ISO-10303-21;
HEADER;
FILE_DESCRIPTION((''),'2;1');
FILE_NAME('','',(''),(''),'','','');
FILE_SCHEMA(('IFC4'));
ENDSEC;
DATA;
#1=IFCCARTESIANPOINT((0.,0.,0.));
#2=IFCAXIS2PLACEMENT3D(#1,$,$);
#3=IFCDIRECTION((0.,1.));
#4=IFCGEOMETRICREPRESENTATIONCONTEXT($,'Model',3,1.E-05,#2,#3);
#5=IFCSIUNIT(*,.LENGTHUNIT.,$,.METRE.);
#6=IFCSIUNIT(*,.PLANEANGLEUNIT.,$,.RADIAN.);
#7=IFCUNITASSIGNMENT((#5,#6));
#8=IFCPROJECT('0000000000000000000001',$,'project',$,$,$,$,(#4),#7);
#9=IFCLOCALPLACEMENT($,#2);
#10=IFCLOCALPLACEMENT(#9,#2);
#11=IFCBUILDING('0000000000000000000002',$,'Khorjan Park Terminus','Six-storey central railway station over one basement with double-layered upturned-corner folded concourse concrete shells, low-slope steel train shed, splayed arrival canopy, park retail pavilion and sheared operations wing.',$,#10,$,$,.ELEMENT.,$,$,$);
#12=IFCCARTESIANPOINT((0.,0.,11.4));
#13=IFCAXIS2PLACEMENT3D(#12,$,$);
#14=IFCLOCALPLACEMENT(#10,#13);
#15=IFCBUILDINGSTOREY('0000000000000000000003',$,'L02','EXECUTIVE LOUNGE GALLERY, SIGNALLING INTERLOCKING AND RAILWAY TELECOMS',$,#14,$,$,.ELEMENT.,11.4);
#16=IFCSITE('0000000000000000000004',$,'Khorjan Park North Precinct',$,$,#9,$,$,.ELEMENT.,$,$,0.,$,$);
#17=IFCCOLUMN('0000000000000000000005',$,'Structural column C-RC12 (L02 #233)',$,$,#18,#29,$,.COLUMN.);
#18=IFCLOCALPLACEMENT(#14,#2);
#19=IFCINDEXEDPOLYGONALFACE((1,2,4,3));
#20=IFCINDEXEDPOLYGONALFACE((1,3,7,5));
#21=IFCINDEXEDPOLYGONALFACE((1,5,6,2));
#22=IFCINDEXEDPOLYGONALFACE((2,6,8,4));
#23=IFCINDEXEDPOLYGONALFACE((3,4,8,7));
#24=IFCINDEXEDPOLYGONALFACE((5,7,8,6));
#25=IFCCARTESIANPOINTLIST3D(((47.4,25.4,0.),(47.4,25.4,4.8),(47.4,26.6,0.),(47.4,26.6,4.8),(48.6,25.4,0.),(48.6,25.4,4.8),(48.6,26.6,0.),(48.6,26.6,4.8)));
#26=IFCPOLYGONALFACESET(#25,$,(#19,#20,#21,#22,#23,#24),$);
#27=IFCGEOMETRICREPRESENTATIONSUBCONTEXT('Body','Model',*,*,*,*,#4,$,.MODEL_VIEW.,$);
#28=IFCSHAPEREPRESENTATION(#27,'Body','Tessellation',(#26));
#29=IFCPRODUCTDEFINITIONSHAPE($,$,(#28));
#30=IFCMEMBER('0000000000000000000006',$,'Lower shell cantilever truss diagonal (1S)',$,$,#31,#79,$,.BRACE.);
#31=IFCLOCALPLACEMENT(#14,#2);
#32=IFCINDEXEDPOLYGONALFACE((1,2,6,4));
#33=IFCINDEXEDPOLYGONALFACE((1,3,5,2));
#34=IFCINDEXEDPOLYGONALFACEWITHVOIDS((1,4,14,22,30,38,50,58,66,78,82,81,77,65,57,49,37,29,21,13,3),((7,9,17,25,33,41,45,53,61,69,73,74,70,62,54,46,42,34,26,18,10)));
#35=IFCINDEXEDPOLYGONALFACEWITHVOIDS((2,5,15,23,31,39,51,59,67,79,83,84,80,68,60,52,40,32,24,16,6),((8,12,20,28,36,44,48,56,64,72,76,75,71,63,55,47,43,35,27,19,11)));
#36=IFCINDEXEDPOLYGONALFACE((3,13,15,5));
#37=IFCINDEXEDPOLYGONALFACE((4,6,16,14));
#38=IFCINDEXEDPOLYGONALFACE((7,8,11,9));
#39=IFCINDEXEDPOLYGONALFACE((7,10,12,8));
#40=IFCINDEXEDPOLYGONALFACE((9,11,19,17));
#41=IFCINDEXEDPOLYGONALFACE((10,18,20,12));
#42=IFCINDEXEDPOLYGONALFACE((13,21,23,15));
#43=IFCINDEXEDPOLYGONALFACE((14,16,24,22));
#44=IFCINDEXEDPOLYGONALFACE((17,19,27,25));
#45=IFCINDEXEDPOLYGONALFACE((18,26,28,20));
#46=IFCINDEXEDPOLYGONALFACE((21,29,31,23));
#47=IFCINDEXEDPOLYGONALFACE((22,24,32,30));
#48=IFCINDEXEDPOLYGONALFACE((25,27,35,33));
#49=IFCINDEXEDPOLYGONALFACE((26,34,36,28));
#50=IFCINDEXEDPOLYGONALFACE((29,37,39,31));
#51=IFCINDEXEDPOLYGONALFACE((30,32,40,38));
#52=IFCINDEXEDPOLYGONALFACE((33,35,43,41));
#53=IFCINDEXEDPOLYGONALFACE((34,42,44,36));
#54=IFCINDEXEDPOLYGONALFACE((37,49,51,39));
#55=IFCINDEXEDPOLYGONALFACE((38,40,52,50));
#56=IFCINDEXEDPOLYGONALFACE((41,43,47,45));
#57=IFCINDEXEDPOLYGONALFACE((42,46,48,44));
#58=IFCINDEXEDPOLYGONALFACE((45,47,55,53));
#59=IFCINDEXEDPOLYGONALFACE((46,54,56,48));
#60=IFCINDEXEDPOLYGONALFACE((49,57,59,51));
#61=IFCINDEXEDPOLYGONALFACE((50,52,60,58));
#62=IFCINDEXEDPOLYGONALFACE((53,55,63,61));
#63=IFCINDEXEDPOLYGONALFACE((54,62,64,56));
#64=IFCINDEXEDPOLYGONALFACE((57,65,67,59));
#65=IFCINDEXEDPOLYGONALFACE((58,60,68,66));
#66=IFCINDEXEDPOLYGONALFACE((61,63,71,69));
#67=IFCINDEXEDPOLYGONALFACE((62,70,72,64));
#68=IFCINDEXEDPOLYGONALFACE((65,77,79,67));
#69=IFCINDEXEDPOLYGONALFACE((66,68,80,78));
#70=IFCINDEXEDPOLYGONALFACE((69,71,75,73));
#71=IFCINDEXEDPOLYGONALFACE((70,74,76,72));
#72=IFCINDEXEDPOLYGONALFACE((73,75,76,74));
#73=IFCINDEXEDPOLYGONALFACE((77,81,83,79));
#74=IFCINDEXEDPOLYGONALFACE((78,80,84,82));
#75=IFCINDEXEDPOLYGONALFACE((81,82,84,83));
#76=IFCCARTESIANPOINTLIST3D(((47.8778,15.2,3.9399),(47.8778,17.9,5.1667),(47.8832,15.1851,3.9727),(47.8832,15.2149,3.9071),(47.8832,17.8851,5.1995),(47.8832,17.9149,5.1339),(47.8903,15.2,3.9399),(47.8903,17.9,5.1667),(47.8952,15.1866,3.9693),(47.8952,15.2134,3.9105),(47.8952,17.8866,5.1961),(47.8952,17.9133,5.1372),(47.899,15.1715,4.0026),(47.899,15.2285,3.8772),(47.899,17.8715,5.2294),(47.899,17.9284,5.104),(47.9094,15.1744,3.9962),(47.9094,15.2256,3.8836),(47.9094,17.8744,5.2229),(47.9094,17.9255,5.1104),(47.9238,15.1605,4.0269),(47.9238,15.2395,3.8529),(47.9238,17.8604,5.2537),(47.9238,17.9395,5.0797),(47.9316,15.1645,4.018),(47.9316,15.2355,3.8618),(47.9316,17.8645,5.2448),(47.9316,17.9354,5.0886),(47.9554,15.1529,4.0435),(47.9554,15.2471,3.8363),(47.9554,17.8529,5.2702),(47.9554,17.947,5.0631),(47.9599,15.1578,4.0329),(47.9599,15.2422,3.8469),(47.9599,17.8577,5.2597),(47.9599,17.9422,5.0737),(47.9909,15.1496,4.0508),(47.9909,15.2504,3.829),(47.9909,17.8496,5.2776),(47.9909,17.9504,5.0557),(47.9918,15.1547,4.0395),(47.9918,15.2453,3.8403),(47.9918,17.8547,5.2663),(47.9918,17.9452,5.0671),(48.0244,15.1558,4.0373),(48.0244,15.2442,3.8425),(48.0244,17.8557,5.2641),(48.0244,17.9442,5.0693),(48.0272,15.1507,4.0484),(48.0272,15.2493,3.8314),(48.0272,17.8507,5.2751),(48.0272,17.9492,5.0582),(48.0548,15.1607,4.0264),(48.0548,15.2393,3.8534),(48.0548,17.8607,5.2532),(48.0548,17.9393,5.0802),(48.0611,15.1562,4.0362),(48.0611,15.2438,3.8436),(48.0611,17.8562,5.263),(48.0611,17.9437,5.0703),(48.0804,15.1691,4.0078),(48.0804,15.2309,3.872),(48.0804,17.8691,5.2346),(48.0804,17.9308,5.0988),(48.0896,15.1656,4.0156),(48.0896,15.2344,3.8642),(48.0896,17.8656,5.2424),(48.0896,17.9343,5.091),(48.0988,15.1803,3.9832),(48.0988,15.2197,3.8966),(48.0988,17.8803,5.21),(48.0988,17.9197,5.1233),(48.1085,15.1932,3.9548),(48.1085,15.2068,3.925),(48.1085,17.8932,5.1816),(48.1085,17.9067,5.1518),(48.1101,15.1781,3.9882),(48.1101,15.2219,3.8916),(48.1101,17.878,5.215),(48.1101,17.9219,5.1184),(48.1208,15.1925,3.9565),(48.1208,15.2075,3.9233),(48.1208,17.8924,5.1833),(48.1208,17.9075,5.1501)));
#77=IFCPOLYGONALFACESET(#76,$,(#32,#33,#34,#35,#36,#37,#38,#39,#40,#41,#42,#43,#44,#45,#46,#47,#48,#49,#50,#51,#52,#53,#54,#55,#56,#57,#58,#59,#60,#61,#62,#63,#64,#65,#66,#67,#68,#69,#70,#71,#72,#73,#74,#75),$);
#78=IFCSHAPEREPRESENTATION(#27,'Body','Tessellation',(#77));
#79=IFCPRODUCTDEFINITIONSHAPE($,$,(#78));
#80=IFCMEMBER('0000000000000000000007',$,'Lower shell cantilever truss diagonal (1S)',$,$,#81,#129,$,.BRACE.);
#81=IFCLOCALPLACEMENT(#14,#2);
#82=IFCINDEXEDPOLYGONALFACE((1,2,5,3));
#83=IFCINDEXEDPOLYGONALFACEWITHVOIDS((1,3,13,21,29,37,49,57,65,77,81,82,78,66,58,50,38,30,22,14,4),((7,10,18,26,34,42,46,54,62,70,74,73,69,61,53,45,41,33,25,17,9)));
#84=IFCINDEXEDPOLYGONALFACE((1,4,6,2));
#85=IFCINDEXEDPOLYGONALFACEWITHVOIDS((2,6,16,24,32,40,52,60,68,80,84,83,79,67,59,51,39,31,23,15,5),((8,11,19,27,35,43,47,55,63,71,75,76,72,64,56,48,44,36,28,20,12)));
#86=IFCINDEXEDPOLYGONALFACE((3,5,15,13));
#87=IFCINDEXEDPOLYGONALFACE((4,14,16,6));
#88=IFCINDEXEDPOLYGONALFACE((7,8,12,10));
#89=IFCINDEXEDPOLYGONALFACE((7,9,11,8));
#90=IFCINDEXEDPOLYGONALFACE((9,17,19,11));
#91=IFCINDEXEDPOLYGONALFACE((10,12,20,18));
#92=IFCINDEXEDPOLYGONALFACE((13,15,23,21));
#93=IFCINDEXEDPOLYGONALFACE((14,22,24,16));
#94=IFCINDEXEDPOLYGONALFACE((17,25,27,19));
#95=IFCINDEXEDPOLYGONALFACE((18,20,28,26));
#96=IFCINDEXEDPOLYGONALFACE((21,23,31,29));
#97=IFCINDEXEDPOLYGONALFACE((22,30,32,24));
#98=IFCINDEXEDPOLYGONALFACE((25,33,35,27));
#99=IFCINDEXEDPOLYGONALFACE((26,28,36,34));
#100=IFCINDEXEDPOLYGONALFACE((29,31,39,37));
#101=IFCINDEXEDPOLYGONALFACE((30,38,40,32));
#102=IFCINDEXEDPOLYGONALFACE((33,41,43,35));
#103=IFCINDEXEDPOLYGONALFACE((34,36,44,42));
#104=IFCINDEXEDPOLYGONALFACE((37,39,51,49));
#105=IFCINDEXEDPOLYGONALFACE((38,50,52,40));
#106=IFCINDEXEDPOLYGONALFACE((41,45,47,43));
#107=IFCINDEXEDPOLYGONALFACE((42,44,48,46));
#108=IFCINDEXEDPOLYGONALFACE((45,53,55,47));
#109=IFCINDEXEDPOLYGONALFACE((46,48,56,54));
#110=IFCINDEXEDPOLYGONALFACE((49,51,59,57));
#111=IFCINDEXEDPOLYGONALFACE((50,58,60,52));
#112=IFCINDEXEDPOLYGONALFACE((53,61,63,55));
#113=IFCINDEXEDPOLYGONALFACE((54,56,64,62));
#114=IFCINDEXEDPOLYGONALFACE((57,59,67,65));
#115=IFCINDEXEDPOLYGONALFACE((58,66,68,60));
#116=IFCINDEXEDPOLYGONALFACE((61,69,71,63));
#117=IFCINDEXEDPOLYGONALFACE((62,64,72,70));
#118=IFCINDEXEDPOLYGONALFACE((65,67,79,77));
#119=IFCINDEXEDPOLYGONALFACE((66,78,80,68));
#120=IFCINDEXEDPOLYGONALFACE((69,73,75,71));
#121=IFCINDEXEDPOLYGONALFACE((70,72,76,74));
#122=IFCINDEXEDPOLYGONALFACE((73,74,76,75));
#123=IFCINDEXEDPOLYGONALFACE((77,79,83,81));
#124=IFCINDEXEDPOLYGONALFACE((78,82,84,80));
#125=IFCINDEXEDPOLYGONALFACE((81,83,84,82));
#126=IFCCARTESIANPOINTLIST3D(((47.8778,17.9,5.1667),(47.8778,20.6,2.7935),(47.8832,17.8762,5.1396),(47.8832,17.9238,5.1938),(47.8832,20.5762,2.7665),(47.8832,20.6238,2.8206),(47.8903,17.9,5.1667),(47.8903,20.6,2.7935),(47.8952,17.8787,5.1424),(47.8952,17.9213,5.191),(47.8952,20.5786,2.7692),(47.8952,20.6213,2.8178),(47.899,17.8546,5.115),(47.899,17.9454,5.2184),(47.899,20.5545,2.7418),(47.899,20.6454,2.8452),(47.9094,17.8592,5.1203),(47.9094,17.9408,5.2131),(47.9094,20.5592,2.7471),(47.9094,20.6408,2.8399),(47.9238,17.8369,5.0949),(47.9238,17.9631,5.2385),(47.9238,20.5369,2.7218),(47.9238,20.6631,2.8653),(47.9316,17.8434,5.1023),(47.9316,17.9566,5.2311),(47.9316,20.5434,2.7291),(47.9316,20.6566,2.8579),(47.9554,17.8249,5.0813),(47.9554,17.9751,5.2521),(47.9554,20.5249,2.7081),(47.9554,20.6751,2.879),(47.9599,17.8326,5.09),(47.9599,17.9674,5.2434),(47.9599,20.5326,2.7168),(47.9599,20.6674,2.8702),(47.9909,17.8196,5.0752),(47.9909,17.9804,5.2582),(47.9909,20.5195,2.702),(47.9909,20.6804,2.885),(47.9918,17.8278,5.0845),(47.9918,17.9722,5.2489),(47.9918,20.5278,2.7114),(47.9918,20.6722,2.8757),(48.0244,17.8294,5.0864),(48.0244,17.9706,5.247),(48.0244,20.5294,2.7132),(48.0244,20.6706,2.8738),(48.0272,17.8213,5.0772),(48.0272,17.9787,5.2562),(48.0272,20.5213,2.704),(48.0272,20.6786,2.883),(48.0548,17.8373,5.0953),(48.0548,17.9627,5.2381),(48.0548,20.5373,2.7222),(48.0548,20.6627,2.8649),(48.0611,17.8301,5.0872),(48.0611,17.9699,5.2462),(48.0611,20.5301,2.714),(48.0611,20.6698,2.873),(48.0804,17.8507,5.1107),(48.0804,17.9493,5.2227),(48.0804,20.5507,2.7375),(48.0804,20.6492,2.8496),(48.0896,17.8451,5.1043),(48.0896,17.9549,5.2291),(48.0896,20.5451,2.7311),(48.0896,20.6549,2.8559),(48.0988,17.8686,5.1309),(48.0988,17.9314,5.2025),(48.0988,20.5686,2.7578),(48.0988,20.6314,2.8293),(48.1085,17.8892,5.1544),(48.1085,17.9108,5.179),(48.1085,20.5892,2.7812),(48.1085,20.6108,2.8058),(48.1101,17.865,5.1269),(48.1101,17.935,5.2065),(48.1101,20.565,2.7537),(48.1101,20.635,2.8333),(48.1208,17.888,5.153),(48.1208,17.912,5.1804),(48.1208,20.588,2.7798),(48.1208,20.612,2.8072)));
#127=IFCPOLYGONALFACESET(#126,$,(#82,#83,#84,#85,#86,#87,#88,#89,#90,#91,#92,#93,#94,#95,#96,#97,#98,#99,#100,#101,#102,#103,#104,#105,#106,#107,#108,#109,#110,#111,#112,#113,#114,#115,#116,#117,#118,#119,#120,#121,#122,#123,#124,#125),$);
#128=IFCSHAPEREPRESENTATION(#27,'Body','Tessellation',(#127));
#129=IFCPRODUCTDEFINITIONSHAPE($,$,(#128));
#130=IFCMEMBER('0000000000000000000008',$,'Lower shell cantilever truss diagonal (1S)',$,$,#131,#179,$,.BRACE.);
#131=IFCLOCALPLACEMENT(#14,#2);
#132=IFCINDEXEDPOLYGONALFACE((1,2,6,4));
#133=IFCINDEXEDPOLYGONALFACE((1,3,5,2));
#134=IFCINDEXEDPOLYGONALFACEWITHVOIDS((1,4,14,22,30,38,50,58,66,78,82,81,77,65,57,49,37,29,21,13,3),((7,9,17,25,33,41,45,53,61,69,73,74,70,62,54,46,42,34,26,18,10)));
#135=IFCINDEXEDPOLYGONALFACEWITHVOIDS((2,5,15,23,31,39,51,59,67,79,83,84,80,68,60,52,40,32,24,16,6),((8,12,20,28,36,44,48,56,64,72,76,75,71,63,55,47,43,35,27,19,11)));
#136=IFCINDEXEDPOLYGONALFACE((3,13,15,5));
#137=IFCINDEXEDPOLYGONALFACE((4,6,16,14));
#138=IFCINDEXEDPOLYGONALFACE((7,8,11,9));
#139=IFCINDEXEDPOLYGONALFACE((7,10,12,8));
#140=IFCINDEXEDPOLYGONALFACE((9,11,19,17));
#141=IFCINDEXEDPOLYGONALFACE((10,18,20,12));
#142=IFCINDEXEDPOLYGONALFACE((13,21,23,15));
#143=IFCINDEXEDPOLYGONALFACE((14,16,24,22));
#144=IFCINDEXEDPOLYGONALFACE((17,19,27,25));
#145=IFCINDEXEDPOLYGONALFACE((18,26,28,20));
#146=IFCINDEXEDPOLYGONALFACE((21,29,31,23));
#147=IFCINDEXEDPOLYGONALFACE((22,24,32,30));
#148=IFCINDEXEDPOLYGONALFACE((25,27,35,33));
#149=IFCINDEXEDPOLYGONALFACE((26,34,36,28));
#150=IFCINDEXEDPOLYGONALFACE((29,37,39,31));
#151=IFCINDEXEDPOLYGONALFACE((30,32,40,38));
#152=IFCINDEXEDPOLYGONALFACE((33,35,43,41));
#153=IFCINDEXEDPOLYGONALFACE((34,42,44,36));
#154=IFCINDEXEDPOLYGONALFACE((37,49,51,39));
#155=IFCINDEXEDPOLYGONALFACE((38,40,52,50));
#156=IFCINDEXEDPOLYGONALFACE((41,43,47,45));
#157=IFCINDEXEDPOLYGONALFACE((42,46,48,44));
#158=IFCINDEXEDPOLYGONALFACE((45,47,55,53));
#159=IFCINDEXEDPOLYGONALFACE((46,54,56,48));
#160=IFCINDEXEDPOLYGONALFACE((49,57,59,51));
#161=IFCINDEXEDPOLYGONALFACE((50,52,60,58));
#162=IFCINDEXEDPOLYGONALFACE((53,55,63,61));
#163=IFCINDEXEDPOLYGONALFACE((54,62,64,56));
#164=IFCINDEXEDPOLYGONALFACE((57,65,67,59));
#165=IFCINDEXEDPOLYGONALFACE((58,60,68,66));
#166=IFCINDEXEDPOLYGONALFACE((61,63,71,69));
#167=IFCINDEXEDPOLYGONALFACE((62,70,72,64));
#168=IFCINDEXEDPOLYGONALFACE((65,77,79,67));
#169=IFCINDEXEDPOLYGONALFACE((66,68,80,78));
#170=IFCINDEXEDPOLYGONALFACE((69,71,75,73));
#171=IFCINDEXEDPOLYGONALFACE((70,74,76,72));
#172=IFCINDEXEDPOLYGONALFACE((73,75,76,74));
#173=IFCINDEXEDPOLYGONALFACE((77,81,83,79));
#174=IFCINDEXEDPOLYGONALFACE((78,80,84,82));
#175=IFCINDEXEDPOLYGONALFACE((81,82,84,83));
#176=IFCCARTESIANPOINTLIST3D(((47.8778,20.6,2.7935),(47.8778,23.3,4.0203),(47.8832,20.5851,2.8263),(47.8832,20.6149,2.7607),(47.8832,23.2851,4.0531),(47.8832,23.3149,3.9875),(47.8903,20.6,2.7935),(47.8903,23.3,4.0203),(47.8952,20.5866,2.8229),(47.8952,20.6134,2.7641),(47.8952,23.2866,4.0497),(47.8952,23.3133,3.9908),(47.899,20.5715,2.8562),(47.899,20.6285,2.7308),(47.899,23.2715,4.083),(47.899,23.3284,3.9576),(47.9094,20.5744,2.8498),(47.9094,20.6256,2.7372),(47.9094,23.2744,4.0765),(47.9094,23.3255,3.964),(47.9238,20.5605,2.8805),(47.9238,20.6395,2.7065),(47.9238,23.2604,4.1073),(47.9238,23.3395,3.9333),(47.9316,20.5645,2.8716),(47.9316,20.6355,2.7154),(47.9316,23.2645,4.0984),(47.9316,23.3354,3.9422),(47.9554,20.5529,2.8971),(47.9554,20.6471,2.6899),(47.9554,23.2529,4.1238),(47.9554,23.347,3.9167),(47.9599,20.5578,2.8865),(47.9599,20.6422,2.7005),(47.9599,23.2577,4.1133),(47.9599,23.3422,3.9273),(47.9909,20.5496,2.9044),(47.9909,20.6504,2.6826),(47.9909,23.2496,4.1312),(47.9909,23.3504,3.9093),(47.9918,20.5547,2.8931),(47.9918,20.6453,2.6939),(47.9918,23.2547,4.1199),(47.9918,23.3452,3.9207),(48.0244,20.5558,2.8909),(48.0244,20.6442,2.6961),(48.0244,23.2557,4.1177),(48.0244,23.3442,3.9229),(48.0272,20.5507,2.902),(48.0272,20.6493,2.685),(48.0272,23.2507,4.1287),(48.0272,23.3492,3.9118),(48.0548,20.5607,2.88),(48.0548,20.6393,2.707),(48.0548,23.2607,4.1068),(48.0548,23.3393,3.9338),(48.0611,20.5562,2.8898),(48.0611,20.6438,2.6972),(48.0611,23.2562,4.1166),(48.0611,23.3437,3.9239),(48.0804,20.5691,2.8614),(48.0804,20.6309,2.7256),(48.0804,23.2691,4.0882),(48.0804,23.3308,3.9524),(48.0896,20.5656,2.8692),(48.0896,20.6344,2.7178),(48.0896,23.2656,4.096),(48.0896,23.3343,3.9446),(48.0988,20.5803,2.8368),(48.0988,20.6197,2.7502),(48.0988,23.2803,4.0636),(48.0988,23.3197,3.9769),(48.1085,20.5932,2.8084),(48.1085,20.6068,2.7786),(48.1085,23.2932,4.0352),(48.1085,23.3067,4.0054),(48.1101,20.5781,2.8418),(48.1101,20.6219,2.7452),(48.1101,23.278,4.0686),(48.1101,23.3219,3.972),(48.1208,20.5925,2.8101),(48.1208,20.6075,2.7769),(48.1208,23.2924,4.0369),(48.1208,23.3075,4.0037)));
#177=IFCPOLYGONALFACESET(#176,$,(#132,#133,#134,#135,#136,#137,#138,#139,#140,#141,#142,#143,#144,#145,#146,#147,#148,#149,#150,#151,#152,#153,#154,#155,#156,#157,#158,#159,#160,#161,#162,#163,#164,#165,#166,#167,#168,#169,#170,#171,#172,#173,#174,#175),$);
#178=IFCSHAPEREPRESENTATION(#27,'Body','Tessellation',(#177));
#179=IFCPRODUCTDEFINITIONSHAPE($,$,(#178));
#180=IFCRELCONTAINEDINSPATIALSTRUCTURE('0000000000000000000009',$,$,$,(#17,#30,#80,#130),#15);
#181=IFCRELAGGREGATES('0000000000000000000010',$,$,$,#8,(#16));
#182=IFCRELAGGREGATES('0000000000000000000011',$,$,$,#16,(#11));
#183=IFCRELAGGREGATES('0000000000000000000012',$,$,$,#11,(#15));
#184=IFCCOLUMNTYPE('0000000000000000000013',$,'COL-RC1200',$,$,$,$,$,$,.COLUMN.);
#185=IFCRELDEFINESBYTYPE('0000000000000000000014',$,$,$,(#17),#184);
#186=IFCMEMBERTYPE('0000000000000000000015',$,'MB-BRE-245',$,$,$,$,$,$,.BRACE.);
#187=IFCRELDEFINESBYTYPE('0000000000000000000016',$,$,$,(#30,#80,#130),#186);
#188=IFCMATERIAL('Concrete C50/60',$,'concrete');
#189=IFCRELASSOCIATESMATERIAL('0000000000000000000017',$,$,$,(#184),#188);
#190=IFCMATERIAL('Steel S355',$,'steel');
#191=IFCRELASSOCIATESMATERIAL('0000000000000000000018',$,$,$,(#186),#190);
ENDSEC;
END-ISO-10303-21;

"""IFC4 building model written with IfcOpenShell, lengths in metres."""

from ifc_helpers import new_model, si_unit, direction, frame, origin, origin_2d, place, context, subcontext, project, spatial, rectangle, hollow_circle, extrude, material, material_profile, profile_set, type_object, element, save


model = new_model("IFC4")

# Units and contexts
model_context = context("Model", 3, precision=1e-05, world=origin(), true_north=direction((0.0, 1.0)))
body_context = subcontext(model_context, "Body", "Model", "MODEL_VIEW")
ifc_project = project(units=[si_unit("LENGTHUNIT", "METRE"), si_unit("PLANEANGLEUNIT", "RADIAN")], contexts=[model_context])

# Site, building, storey
site_placement = place(None, origin())
site = spatial("IfcSite", under=ifc_project, at=site_placement, Name="Khorjan Park North Precinct", CompositionType="ELEMENT", RefElevation=0.0)
building_placement = place(site_placement, origin())
building = spatial("IfcBuilding", under=site, at=building_placement, Name="Khorjan Park Terminus", Description="Six-storey central railway station over one basement with double-layered upturned-corner folded concourse concrete shells, low-slope steel train shed, splayed arrival canopy, park retail pavilion and sheared operations wing.", CompositionType="ELEMENT")
storey_placement = place(building_placement, frame((0.0, 0.0, 11.4)))
storey = spatial("IfcBuildingStorey", under=building, at=storey_placement, Name="L02", Description="EXECUTIVE LOUNGE GALLERY, SIGNALLING INTERLOCKING AND RAILWAY TELECOMS", CompositionType="ELEMENT", Elevation=11.4)

# Column
ifc_material_1 = material(Name="Concrete C50/60", Category="concrete")
ifc_material_profile_1 = material_profile(ifc_material_1, rectangle(XDim=1.2, YDim=1.2, at=origin_2d()), Name="RC 1200x1200")
ifc_profile_set_1 = profile_set([ifc_material_profile_1], Name="Concrete C50/60")
column_type = type_object("IfcColumnType", Name="COL-RC1200", PredefinedType="COLUMN", material=ifc_profile_set_1)
column_placement = place(storey_placement, frame((48.0, 26.0, 0.0), z_axis=(0.0, 0.0, 1.0), x_axis=(1.0, 0.0, 0.0)))
element("IfcColumn", 1, at=column_placement, inside=storey, type_object=column_type, Name="Structural column C-RC12 (L02 #233)", PredefinedType="COLUMN", context=body_context, shape_type="SweptSolid", body=[
    extrude(rectangle(XDim=1.2, YDim=1.2, at=origin_2d()), origin(), (0.0, 0.0, 1.0), 4.8),
])

# Members
ifc_material_2 = material(Name="Steel S355", Category="steel")
ifc_material_profile_2 = material_profile(ifc_material_2, hollow_circle(Radius=0.1222, WallThickness=0.0125, at=origin_2d()), Name="CHS 244.5x12.5")
ifc_profile_set_2 = profile_set([ifc_material_profile_2], Name="Steel S355")
member_type_1 = type_object("IfcMemberType", Name="MB-BRE-245", PredefinedType="BRACE", material=ifc_profile_set_2)
member_1_placement = place(storey_placement, frame((48.0, 15.2, 3.9399), z_axis=(0.0, 0.910427, 0.413671), x_axis=(-1.0, 0.0, 0.0)))
element("IfcMember", 2, at=member_1_placement, inside=storey, type_object=member_type_1, Name="Lower shell cantilever truss diagonal (1S)", PredefinedType="BRACE", context=body_context, shape_type="SweptSolid", body=[
    extrude(hollow_circle(Radius=0.1222, WallThickness=0.0125, at=origin_2d()), origin(), (0.0, 0.0, 1.0), 2.9656),
])
member_2_placement = place(storey_placement, frame((48.0, 17.9, 5.1667), z_axis=(0.0, 0.7511, -0.660189), x_axis=(-1.0, 0.0, 0.0)))
element("IfcMember", 3, at=member_2_placement, inside=storey, type_object=member_type_1, Name="Lower shell cantilever truss diagonal (1S)", PredefinedType="BRACE", context=body_context, shape_type="SweptSolid", body=[
    extrude(hollow_circle(Radius=0.1222, WallThickness=0.0125, at=origin_2d()), origin(), (0.0, 0.0, 1.0), 3.5947),
])
member_3_placement = place(storey_placement, frame((48.0, 20.6, 2.7935), z_axis=(0.0, 0.910427, 0.413671), x_axis=(-1.0, 0.0, 0.0)))
element("IfcMember", 4, at=member_3_placement, inside=storey, type_object=member_type_1, Name="Lower shell cantilever truss diagonal (1S)", PredefinedType="BRACE", context=body_context, shape_type="SweptSolid", body=[
    extrude(hollow_circle(Radius=0.1222, WallThickness=0.0125, at=origin_2d()), origin(), (0.0, 0.0, 1.0), 2.9656),
])

save(model, "model.ifc")
